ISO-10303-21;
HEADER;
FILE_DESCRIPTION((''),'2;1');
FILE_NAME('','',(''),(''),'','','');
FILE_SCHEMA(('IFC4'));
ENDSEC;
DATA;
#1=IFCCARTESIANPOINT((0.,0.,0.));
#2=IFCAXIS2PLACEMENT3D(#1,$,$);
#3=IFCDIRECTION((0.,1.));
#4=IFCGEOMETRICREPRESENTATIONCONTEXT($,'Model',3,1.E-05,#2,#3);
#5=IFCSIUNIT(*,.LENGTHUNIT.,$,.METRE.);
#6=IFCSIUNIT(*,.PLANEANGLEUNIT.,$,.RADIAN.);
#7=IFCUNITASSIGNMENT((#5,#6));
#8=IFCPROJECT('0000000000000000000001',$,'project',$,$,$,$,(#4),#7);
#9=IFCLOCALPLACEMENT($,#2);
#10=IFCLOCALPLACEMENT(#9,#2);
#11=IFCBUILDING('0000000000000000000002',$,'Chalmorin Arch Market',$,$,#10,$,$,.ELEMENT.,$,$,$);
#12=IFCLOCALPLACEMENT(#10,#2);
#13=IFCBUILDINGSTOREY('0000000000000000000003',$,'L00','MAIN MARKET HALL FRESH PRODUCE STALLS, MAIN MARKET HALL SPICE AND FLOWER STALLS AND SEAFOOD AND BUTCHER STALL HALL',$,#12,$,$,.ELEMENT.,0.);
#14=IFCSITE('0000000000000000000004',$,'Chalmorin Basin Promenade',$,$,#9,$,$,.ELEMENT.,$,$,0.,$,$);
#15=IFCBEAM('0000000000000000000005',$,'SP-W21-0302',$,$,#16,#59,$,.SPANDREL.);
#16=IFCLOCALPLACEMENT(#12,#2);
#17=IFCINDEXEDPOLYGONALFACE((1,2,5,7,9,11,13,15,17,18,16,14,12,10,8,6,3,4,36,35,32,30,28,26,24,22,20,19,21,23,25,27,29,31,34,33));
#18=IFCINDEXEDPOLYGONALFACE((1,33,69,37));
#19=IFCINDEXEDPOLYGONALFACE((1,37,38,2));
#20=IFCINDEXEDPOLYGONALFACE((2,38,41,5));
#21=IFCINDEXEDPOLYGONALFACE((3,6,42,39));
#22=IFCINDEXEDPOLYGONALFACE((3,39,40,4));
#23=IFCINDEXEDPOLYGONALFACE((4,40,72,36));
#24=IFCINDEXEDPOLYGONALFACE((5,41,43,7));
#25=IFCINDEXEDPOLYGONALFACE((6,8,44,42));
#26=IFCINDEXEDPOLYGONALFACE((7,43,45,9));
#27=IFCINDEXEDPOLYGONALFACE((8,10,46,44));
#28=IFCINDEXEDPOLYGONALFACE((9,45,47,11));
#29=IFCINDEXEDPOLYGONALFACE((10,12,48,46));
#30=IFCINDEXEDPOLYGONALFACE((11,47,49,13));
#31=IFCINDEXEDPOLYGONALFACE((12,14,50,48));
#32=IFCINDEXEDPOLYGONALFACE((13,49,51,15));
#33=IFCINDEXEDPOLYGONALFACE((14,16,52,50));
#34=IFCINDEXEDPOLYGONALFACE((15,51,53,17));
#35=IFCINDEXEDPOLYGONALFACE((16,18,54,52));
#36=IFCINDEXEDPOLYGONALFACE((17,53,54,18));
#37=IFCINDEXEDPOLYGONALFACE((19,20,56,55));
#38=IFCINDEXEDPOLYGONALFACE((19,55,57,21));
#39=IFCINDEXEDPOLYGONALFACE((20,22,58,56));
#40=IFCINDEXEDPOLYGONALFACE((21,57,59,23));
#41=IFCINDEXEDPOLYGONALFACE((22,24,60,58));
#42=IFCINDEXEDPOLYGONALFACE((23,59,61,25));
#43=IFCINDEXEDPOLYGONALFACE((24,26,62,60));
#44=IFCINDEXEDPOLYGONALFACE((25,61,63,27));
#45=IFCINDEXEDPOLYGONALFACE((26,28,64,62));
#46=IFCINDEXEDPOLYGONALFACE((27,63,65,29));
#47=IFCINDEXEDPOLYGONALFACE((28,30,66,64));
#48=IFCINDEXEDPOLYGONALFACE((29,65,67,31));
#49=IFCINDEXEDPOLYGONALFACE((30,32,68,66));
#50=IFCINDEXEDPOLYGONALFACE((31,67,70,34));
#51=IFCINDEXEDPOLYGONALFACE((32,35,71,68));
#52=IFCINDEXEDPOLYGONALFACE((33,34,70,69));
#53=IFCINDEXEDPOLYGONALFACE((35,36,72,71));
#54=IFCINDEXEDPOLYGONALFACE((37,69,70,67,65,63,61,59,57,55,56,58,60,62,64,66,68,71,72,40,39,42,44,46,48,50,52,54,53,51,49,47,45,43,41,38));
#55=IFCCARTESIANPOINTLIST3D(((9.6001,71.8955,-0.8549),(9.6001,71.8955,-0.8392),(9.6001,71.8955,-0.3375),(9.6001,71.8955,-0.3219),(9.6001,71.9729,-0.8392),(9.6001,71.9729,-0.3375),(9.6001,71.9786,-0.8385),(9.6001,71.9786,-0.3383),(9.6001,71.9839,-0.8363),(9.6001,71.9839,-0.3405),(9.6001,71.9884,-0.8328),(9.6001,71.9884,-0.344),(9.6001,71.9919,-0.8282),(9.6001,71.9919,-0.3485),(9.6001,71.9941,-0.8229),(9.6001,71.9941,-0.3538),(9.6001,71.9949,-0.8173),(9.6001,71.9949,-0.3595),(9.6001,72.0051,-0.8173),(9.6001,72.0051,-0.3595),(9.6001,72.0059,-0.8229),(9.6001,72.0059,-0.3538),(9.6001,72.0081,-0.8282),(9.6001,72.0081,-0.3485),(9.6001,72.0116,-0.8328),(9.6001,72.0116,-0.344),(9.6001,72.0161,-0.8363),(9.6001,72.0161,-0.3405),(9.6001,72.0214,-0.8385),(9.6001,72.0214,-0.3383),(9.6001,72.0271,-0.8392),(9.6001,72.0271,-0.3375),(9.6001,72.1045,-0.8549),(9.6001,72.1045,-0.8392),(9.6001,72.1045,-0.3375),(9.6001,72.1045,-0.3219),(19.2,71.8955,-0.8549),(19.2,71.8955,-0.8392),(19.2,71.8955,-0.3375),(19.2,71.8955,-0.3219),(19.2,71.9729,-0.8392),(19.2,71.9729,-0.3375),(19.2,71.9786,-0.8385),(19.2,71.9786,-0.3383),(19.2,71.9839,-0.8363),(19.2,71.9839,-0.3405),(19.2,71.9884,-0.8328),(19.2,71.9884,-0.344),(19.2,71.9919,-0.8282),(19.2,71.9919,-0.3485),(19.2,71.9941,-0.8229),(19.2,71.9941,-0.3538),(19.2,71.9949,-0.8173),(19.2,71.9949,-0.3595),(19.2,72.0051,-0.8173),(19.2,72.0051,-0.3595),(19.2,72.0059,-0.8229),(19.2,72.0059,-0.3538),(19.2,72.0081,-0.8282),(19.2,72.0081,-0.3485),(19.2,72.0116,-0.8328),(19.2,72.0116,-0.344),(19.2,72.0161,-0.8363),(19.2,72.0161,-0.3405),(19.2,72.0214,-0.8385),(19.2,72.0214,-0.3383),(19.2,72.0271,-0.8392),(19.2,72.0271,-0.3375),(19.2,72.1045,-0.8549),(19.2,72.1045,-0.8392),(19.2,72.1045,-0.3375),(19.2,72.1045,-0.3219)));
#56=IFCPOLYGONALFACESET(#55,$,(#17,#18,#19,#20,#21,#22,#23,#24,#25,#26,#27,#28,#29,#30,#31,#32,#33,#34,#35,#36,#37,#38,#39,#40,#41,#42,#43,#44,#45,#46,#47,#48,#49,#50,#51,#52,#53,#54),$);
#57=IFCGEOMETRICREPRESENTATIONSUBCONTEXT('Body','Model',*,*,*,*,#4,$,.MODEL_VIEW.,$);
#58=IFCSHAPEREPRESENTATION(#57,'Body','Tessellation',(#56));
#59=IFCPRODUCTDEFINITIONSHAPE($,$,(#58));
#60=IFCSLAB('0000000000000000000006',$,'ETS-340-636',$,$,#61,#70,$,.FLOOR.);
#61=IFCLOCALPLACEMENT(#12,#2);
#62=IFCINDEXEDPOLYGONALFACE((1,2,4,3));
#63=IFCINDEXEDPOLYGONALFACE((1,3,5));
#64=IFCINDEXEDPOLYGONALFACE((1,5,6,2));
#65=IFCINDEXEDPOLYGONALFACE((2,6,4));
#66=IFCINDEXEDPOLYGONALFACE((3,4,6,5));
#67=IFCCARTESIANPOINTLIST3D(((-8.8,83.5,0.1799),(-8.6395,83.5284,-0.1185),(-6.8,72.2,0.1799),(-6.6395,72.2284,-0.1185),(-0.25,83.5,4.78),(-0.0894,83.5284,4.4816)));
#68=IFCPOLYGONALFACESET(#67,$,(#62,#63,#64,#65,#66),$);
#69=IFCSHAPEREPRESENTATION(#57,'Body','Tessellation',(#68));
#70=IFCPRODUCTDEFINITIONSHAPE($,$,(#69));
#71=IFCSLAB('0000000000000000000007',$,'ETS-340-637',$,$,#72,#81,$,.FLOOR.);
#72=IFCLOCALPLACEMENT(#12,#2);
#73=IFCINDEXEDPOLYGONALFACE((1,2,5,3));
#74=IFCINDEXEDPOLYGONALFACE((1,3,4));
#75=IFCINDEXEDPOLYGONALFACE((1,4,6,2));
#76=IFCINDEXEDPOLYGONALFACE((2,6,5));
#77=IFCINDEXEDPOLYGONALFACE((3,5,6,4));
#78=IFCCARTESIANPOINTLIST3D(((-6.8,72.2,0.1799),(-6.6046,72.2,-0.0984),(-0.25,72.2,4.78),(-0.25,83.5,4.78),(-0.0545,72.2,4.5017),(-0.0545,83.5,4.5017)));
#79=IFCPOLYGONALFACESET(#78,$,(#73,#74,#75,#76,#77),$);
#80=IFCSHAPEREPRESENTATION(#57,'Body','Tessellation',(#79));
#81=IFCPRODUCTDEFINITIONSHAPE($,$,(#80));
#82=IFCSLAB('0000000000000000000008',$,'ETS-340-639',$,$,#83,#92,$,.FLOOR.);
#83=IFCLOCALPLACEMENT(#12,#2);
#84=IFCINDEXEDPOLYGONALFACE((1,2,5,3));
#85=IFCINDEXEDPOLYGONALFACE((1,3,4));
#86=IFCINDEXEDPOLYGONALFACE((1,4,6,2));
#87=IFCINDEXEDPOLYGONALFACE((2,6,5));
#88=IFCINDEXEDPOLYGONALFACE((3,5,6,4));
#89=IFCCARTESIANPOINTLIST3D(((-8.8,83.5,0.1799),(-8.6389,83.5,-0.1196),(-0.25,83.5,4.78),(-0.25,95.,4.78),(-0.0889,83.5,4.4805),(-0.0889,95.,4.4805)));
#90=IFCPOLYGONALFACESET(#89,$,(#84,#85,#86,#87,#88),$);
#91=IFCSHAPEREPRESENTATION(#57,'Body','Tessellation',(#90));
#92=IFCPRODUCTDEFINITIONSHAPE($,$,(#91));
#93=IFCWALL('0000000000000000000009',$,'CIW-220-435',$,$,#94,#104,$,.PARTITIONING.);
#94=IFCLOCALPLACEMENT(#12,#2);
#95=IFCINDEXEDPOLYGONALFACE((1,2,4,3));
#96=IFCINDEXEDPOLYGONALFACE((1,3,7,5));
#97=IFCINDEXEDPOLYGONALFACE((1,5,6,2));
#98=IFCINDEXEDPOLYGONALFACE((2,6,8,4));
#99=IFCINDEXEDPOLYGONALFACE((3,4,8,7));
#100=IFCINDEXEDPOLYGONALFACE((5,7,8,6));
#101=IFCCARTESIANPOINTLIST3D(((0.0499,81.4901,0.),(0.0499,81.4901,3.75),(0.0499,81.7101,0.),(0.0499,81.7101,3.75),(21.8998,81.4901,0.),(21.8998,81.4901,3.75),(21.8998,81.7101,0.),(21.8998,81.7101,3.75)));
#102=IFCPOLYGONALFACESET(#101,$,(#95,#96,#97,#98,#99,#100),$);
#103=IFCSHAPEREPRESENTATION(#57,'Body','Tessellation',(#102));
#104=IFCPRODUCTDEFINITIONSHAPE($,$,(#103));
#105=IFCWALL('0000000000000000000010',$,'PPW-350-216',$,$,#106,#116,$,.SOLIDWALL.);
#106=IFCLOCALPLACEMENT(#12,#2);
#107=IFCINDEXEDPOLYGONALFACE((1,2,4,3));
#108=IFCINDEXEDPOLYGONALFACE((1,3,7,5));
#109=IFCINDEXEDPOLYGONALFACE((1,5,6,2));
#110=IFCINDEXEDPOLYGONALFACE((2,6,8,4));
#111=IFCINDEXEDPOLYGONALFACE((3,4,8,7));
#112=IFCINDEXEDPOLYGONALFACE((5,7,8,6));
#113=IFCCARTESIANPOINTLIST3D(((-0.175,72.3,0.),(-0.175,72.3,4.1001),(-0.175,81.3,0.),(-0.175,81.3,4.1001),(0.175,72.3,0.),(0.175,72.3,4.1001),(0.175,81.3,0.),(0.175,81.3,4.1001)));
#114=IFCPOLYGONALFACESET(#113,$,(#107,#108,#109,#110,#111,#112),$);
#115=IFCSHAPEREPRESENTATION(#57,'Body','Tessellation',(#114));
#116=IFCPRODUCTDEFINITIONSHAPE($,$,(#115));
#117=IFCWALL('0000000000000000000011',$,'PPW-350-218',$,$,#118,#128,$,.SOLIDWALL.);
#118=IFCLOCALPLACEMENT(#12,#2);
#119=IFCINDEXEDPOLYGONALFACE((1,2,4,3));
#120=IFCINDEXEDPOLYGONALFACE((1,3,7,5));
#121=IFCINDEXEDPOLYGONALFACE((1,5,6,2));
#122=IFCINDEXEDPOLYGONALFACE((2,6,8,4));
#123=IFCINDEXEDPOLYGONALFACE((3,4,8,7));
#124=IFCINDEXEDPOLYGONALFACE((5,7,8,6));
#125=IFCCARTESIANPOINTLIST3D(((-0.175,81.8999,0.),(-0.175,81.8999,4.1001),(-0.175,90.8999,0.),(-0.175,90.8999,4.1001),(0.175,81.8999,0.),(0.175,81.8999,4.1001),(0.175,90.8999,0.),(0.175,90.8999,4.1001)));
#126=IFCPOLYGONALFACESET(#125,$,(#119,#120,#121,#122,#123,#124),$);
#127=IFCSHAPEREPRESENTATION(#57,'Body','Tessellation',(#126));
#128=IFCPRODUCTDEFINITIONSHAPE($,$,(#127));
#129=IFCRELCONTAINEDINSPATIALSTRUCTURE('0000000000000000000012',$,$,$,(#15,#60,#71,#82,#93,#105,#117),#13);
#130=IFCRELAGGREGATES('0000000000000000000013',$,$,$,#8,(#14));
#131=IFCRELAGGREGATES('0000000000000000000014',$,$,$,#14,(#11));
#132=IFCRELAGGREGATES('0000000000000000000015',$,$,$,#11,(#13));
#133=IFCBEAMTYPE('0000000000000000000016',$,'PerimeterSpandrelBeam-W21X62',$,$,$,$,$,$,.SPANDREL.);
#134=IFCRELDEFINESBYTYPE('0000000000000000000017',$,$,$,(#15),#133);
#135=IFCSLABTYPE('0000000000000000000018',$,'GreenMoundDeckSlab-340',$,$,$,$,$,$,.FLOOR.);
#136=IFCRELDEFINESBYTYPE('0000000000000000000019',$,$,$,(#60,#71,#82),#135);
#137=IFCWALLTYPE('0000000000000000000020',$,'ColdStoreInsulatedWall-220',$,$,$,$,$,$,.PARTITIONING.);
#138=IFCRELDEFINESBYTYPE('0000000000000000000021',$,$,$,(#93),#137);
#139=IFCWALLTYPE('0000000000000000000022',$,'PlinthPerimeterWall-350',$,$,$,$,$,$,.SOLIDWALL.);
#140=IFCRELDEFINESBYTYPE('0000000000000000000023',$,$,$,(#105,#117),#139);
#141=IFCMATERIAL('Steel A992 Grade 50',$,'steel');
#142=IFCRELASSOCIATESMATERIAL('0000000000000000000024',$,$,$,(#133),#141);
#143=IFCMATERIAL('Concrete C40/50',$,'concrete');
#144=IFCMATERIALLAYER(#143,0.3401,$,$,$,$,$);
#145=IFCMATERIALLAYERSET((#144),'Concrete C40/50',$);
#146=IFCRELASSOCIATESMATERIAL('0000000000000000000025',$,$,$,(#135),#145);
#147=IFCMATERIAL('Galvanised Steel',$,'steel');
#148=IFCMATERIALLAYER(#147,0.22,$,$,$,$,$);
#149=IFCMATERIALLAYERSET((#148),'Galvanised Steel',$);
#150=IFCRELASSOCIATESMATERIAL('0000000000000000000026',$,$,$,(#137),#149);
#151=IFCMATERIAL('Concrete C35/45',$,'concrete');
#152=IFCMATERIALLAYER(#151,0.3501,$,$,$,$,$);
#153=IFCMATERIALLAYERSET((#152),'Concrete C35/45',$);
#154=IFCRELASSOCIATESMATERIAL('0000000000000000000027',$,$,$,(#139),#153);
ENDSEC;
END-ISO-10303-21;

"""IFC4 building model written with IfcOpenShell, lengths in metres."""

from ifc_helpers import new_model, si_unit, direction, frame, frame_2d, origin, origin_2d, place, context, subcontext, project, spatial, polyline, rectangle, i_section, outline, extrude, material, layer, layer_set, material_profile, profile_set, type_object, element, save


model = new_model("IFC4")

# Units and contexts
model_context = context("Model", 3, precision=1e-05, world=origin(), true_north=direction((0.0, 1.0)))
body_context = subcontext(model_context, "Body", "Model", "MODEL_VIEW")
ifc_project = project(units=[si_unit("LENGTHUNIT", "METRE"), si_unit("PLANEANGLEUNIT", "RADIAN")], contexts=[model_context])

# Site, building, storey
site_placement = place(None, origin())
site = spatial("IfcSite", under=ifc_project, at=site_placement, Name="Chalmorin Basin Promenade", CompositionType="ELEMENT", RefElevation=0.0)
building_placement = place(site_placement, origin())
building = spatial("IfcBuilding", under=site, at=building_placement, Name="Chalmorin Arch Market", CompositionType="ELEMENT")
storey_placement = place(building_placement, origin())
storey = spatial("IfcBuildingStorey", under=building, at=storey_placement, Name="L00", Description="MAIN MARKET HALL FRESH PRODUCE STALLS, MAIN MARKET HALL SPICE AND FLOWER STALLS AND SEAFOOD AND BUTCHER STALL HALL", CompositionType="ELEMENT", Elevation=0.0)

# Shared definitions
ifc_material_1 = material(Name="Concrete C40/50", Category="concrete")

# Beam
ifc_material_2 = material(Name="Steel A992 Grade 50", Category="steel")
ifc_material_profile_1 = material_profile(ifc_material_2, i_section(OverallWidth=0.209, OverallDepth=0.533, WebThickness=0.0103, FlangeThickness=0.0156, FilletRadius=0.022, at=origin_2d()), Name="W21X62")
ifc_profile_set_1 = profile_set([ifc_material_profile_1], Name="Steel A992 Grade 50")
beam_type_1 = type_object("IfcBeamType", Name="PerimeterSpandrelBeam-W21X62", PredefinedType="SPANDREL", material=ifc_profile_set_1)
for number, where, z_axis, x_axis, name in (
    (1, (9.6001, 72.0, -0.5884), (1.0, 0.0, 0.0), (0.0, 1.0, 0.0), "SP-W21-0302"),
):
    element("IfcBeam", number, at=place(storey_placement, frame(where, z_axis=z_axis, x_axis=x_axis)), inside=storey, type_object=beam_type_1, Name=name, PredefinedType="SPANDREL", context=body_context, shape_type="SweptSolid", body=[
        extrude(i_section(OverallWidth=0.209, OverallDepth=0.533, WebThickness=0.0103, FlangeThickness=0.0156, FilletRadius=0.022, at=origin_2d()), origin(), (0.0, 0.0, 1.0), 9.5999),
    ])

# Slabs
ifc_layer_1 = layer(ifc_material_1, 0.3401)
ifc_layer_set_1 = layer_set([ifc_layer_1], Name="Concrete C40/50")
slab_type = type_object("IfcSlabType", Name="GreenMoundDeckSlab-340", PredefinedType="FLOOR", material=ifc_layer_set_1)
slab_1_placement = place(storey_placement, frame((-0.25, 83.5, 4.78), z_axis=(-0.472141, -0.083564, 0.877553), x_axis=(-0.880633, 0.0, -0.473798)))
element("IfcSlab", 2, at=slab_1_placement, inside=storey, type_object=slab_type, Name="ETS-340-636", PredefinedType="FLOOR", context=body_context, shape_type="SweptSolid", body=[
    extrude(outline(polyline([(0.0, 0.0), (9.709, 0.0), (7.9477, 11.3397), (0.0, 0.0)])), origin(), (0.0, 0.0, -1.0), 0.3401),
])
slab_2_placement = place(storey_placement, frame((-0.25, 72.2, 4.78), z_axis=(-0.574725, 0.0, 0.818347), x_axis=(0.0, 1.0, 0.0)))
element("IfcSlab", 3, at=slab_2_placement, inside=storey, type_object=slab_type, Name="ETS-340-637", PredefinedType="FLOOR", context=body_context, shape_type="SweptSolid", body=[
    extrude(outline(polyline([(0.0, 0.0), (11.3, 0.0), (0.0, 8.004), (0.0, 0.0)])), origin(), (0.0, 0.0, -1.0), 0.3401),
])
slab_3_placement = place(storey_placement, frame((-0.25, 83.5, 4.78), z_axis=(-0.473798, 0.0, 0.880633), x_axis=(0.0, 1.0, 0.0)))
element("IfcSlab", 4, at=slab_3_placement, inside=storey, type_object=slab_type, Name="ETS-340-639", PredefinedType="FLOOR", context=body_context, shape_type="SweptSolid", body=[
    extrude(outline(polyline([(0.0, 0.0), (11.5, 0.0), (0.0, 9.709), (0.0, 0.0)])), origin(), (0.0, 0.0, -1.0), 0.3401),
])

# Walls
ifc_material_3 = material(Name="Galvanised Steel", Category="steel")
ifc_layer_2 = layer(ifc_material_3, 0.22)
ifc_layer_set_2 = layer_set([ifc_layer_2], Name="Galvanised Steel")
wall_type_1 = type_object("IfcWallType", Name="ColdStoreInsulatedWall-220", PredefinedType="PARTITIONING", material=ifc_layer_set_2)
wall_placement = place(storey_placement, frame((0.05, 81.6001, 0.0), z_axis=(0.0, 0.0, 1.0), x_axis=(1.0, 0.0, 0.0)))
element("IfcWall", 5, at=wall_placement, inside=storey, type_object=wall_type_1, Name="CIW-220-435", PredefinedType="PARTITIONING", context=body_context, shape_type="SweptSolid", body=[
    extrude(rectangle(XDim=21.8499, YDim=0.22, at=frame_2d((10.9248, 0.0))), origin(), (0.0, 0.0, 1.0), 3.75),
])
ifc_material_4 = material(Name="Concrete C35/45", Category="concrete")
ifc_layer_3 = layer(ifc_material_4, 0.3501)
ifc_layer_set_3 = layer_set([ifc_layer_3], Name="Concrete C35/45")
wall_type_2 = type_object("IfcWallType", Name="PlinthPerimeterWall-350", PredefinedType="SOLIDWALL", material=ifc_layer_set_3)
for number, where, z_axis, x_axis, name in (
    (6, (0.0, 72.3, 0.0), (0.0, 0.0, 1.0), (0.0, 1.0, 0.0), "PPW-350-216"),
    (7, (0.0, 81.8999, 0.0), (0.0, 0.0, 1.0), (0.0, 1.0, 0.0), "PPW-350-218"),
):
    element("IfcWall", number, at=place(storey_placement, frame(where, z_axis=z_axis, x_axis=x_axis)), inside=storey, type_object=wall_type_2, Name=name, PredefinedType="SOLIDWALL", context=body_context, shape_type="SweptSolid", body=[
        extrude(rectangle(XDim=9.0, YDim=0.3501, at=frame_2d((4.5, 0.0))), origin(), (0.0, 0.0, 1.0), 4.1001),
    ])

save(model, "model.ifc")
